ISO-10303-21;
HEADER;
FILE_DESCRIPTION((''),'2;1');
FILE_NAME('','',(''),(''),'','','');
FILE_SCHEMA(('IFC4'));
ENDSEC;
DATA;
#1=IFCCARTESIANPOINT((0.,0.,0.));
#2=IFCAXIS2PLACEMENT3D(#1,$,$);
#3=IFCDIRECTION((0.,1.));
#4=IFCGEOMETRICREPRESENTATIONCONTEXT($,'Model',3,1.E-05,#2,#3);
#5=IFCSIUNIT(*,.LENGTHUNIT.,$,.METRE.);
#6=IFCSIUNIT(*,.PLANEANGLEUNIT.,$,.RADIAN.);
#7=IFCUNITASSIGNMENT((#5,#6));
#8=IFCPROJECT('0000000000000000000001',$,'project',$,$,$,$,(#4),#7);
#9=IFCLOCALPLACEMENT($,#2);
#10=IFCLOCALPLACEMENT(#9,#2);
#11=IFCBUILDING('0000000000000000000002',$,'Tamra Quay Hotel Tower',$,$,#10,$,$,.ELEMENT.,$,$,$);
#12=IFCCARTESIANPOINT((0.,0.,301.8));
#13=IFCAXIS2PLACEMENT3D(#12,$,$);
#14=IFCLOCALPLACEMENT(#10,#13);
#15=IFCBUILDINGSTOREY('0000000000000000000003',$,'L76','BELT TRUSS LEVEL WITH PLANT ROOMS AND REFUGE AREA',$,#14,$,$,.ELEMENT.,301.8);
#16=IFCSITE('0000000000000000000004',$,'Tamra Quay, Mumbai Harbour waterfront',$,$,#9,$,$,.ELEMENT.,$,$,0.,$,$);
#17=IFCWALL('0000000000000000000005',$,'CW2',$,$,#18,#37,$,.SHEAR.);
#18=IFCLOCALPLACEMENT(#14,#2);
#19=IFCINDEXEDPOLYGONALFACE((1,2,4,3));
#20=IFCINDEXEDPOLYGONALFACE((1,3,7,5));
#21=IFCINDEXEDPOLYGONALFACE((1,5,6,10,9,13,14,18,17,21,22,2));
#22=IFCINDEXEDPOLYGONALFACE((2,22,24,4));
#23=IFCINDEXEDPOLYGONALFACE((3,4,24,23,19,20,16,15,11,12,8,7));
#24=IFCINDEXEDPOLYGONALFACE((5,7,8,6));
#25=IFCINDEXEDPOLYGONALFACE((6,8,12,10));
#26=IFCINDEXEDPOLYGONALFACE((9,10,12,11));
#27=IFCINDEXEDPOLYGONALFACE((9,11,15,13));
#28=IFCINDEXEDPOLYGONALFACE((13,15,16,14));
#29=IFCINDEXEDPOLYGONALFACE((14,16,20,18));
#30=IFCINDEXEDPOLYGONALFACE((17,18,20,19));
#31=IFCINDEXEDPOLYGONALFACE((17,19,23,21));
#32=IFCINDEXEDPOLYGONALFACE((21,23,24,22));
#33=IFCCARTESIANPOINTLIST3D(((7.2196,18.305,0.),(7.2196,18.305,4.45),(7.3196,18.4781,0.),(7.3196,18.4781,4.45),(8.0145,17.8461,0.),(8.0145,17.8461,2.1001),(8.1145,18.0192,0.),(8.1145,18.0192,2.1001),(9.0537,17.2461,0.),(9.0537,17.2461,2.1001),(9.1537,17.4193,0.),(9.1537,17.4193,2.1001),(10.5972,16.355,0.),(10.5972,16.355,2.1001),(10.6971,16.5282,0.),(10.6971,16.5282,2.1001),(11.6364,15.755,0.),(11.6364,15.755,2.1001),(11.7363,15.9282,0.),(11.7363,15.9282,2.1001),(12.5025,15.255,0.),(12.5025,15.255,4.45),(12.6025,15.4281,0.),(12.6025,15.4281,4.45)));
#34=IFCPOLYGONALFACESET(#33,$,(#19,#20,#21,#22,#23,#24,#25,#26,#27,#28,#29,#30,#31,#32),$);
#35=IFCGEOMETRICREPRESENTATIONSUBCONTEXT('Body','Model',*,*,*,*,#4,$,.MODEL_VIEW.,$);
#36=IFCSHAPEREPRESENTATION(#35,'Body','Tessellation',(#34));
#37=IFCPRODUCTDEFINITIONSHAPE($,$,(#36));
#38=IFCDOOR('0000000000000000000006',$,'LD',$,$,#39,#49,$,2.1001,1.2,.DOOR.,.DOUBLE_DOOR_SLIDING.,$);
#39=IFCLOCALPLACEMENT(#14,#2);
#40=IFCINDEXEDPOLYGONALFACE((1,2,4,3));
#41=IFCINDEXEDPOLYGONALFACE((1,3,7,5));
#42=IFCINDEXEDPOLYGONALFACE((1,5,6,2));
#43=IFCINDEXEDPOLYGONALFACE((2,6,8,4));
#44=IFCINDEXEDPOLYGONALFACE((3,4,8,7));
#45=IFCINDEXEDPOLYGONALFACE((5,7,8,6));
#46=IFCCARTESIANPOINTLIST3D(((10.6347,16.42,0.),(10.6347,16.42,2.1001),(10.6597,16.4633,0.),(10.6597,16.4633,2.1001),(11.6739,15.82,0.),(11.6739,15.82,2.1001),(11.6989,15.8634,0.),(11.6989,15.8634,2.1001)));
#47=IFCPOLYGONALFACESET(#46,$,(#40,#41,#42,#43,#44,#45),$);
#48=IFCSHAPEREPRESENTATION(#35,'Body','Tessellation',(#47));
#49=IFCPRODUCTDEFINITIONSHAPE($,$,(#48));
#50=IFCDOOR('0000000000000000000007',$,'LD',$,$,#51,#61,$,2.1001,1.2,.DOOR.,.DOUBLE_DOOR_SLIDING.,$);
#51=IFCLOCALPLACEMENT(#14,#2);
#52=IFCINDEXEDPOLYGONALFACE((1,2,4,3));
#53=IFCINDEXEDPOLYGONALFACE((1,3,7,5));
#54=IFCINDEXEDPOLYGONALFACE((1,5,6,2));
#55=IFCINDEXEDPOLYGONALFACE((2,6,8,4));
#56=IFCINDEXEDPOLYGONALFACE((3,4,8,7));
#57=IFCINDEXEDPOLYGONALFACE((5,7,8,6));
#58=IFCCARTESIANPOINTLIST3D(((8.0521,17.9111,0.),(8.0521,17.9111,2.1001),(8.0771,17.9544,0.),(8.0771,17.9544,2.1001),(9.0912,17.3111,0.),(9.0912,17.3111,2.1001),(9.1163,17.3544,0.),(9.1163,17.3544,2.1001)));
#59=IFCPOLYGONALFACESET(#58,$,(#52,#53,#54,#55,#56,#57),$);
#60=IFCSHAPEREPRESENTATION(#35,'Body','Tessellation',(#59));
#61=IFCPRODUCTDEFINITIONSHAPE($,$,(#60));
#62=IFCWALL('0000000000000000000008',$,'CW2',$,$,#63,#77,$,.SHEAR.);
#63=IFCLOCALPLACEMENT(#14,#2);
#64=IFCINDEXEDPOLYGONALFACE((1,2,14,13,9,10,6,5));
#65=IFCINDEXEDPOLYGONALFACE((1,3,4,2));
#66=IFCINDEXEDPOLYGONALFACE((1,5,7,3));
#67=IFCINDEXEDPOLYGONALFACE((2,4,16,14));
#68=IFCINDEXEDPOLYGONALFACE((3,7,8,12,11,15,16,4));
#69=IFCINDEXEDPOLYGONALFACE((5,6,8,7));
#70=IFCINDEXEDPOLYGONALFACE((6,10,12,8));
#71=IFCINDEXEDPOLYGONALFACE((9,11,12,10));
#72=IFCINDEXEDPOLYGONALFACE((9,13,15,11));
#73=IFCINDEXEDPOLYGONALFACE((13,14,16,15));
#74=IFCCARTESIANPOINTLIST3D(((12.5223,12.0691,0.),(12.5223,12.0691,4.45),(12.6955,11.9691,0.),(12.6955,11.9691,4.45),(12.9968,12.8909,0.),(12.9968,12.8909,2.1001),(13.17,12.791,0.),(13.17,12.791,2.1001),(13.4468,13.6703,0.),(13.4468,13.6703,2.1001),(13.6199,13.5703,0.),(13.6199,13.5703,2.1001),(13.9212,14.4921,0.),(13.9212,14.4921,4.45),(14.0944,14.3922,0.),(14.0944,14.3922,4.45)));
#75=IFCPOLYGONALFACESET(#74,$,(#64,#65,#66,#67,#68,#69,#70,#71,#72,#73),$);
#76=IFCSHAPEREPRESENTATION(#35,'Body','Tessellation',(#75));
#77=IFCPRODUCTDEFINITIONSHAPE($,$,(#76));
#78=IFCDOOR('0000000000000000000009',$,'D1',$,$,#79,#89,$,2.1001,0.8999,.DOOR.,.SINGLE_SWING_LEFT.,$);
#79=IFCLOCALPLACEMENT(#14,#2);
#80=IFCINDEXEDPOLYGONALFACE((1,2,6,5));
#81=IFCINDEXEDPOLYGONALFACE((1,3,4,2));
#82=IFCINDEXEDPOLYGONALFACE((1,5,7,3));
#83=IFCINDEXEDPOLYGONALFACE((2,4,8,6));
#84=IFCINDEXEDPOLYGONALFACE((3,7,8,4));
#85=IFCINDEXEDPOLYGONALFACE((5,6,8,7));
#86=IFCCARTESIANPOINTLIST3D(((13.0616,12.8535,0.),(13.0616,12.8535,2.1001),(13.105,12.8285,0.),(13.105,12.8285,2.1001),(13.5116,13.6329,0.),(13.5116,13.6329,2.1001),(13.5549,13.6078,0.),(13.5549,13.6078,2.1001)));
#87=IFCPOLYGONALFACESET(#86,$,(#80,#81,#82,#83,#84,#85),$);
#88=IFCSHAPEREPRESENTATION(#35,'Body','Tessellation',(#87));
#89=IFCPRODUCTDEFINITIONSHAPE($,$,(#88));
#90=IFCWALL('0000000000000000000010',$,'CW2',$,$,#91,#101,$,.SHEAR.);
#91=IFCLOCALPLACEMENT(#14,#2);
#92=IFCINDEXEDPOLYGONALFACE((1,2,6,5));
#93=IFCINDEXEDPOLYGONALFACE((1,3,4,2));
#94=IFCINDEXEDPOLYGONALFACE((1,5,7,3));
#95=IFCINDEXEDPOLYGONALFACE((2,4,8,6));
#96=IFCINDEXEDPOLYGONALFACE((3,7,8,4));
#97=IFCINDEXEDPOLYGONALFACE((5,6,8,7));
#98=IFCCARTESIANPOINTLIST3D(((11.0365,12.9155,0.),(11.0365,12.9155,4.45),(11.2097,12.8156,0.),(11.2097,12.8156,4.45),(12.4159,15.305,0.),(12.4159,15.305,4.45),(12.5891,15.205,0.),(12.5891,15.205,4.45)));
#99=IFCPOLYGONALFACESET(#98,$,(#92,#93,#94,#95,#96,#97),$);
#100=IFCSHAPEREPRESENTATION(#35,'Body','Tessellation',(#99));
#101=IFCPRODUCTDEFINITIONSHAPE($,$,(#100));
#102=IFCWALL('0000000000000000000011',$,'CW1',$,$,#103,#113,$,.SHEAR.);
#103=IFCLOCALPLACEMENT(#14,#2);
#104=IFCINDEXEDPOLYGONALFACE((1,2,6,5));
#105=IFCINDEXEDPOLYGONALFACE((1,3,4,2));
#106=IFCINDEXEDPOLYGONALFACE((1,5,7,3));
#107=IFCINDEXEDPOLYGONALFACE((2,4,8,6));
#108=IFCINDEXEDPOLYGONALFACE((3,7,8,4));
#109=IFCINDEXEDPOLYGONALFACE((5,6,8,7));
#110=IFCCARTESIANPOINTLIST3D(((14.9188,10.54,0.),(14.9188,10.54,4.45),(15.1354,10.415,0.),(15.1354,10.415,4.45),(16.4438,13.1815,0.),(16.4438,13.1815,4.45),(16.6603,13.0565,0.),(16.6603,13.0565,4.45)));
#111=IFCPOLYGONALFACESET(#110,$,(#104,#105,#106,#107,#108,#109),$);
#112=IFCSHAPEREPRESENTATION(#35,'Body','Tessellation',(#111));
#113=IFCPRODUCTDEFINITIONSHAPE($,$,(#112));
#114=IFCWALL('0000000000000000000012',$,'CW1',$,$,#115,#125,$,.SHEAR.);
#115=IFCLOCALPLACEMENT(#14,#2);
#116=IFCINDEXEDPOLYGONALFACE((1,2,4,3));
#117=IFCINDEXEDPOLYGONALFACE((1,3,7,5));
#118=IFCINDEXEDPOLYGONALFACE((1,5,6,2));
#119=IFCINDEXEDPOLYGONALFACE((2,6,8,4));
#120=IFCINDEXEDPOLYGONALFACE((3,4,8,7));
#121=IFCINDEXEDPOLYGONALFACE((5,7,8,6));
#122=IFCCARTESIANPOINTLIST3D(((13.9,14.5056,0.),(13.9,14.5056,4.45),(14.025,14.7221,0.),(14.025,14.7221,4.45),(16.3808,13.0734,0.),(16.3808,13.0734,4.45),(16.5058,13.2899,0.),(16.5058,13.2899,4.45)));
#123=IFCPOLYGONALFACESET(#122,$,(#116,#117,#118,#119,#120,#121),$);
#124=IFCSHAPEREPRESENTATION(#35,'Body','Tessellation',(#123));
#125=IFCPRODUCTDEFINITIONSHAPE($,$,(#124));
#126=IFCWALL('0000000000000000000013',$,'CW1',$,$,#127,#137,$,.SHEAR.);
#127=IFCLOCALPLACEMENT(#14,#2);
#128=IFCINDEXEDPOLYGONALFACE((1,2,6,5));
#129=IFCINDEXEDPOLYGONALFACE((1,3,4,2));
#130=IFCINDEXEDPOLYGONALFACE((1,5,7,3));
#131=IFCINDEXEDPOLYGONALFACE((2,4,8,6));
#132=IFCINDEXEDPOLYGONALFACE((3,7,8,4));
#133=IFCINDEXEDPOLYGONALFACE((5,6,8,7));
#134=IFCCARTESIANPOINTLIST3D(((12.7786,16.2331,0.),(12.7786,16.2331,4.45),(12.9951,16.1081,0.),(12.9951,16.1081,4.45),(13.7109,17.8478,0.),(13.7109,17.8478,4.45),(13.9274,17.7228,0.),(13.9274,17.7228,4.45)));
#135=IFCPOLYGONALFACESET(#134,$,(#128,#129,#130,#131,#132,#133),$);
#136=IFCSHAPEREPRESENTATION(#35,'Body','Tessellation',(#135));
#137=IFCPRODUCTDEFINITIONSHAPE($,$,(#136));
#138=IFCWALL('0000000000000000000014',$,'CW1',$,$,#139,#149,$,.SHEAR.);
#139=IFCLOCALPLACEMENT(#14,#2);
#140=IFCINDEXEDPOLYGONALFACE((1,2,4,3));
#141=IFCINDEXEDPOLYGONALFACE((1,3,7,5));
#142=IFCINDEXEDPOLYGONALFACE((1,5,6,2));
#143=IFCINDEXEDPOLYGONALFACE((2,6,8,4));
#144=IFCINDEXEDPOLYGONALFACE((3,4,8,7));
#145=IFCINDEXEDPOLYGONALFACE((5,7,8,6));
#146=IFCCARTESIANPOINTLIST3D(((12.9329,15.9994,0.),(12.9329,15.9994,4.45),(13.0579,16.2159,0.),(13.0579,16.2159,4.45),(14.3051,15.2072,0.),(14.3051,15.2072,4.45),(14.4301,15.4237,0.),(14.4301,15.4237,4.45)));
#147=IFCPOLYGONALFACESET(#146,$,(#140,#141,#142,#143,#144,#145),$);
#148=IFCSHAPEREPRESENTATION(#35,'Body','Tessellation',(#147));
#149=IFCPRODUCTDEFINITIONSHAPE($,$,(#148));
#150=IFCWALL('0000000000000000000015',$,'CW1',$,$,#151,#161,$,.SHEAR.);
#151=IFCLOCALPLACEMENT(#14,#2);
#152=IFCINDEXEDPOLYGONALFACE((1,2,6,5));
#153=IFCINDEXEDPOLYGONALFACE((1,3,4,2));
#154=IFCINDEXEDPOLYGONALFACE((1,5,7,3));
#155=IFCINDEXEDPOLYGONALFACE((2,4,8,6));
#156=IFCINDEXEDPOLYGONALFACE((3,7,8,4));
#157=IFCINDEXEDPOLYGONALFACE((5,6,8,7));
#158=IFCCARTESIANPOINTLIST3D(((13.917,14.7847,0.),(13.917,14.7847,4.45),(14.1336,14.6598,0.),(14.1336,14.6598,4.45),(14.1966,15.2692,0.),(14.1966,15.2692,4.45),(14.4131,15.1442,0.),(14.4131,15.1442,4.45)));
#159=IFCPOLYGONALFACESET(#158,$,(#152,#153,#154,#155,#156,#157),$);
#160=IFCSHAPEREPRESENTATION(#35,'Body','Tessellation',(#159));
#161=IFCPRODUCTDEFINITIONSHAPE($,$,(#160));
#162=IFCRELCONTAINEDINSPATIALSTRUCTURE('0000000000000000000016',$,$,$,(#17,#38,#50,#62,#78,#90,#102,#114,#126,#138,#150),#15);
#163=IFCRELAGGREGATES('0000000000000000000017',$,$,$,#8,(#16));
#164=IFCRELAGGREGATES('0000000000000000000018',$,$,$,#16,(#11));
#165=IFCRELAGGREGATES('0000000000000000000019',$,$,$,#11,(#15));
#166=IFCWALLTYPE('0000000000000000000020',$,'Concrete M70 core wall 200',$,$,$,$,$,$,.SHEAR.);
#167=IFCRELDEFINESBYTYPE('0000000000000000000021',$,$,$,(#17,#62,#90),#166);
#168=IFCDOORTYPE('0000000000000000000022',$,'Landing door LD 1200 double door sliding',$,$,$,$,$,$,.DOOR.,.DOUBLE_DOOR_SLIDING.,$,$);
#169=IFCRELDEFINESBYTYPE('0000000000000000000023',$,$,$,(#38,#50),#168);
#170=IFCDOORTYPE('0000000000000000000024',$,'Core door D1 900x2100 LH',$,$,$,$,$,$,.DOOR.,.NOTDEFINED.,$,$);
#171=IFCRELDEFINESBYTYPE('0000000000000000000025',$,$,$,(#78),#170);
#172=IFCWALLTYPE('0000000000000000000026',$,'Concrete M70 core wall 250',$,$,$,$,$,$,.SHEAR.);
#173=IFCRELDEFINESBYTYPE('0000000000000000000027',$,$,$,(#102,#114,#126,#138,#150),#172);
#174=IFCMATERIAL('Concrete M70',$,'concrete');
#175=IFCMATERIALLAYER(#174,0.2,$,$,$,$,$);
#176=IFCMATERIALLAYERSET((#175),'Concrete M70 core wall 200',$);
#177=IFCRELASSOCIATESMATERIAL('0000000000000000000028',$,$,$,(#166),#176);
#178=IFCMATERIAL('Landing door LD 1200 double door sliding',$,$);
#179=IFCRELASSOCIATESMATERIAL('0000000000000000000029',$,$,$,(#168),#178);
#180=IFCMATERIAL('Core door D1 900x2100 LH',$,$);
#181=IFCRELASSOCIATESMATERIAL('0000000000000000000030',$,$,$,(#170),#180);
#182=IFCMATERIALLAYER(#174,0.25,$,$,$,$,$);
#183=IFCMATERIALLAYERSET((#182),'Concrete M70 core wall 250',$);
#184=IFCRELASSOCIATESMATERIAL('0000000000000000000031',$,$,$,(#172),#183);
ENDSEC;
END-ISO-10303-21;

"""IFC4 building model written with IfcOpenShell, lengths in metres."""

from ifc_helpers import new_model, si_unit, direction, frame, frame_2d, origin, place, context, subcontext, project, spatial, rectangle, extrude, material, layer, layer_set, type_object, element, fill, save


model = new_model("IFC4")

# Units and contexts
model_context = context("Model", 3, precision=1e-05, world=origin(), true_north=direction((0.0, 1.0)))
body_context = subcontext(model_context, "Body", "Model", "MODEL_VIEW")
ifc_project = project(units=[si_unit("LENGTHUNIT", "METRE"), si_unit("PLANEANGLEUNIT", "RADIAN")], contexts=[model_context])

# Site, building, storey
site_placement = place(None, origin())
site = spatial("IfcSite", under=ifc_project, at=site_placement, Name="Tamra Quay, Mumbai Harbour waterfront", CompositionType="ELEMENT", RefElevation=0.0)
building_placement = place(site_placement, origin())
building = spatial("IfcBuilding", under=site, at=building_placement, Name="Tamra Quay Hotel Tower", CompositionType="ELEMENT")
storey_placement = place(building_placement, frame((0.0, 0.0, 301.8)))
storey = spatial("IfcBuildingStorey", under=building, at=storey_placement, Name="L76", Description="BELT TRUSS LEVEL WITH PLANT ROOMS AND REFUGE AREA", CompositionType="ELEMENT", Elevation=301.8)

# Shared definitions
ifc_material_1 = material(Name="Concrete M70", Category="concrete")

# Wall, openings, doors
ifc_layer_1 = layer(ifc_material_1, 0.2)
ifc_layer_set_1 = layer_set([ifc_layer_1], Name="Concrete M70 core wall 200")
wall_type_1 = type_object("IfcWallType", Name="Concrete M70 core wall 200", PredefinedType="SHEAR", material=ifc_layer_set_1)
wall_1_placement = place(storey_placement, frame((12.5525, 15.3416, 0.0), z_axis=(0.0, 0.0, 1.0), x_axis=(-0.86603, 0.499992, 0.0)))
wall_1 = element("IfcWall", 1, at=wall_1_placement, inside=storey, type_object=wall_type_1, Name="CW2", PredefinedType="SHEAR", context=body_context, shape_type="SweptSolid", body=[
    extrude(rectangle(XDim=6.1001, YDim=0.2, at=frame_2d((3.05, 0.0))), origin(), (0.0, 0.0, 1.0), 4.45),
])
opening_1_placement = place(wall_1_placement, frame((1.0, 0.0, 0.0)))
opening_1 = element("IfcOpeningElement", 2, at=opening_1_placement, cuts=wall_1, PredefinedType="OPENING", context=body_context, shape_type="SweptSolid", body=[
    extrude(rectangle(XDim=1.2, YDim=2.1001, at=frame_2d((0.6001, 1.05))), frame((0.0, 0.1099, 0.0), z_axis=(0.0, -1.0, 0.0), x_axis=(1.0, 0.0, 0.0)), (0.0, 0.0, 1.0), 0.22),
])
opening_2_placement = place(wall_1_placement, frame((3.9822, 0.0, 0.0)))
opening_2 = element("IfcOpeningElement", 3, at=opening_2_placement, cuts=wall_1, PredefinedType="OPENING", context=body_context, shape_type="SweptSolid", body=[
    extrude(rectangle(XDim=1.2, YDim=2.1001, at=frame_2d((0.6001, 1.05))), frame((0.0, 0.1099, 0.0), z_axis=(0.0, -1.0, 0.0), x_axis=(1.0, 0.0, 0.0)), (0.0, 0.0, 1.0), 0.22),
])
ifc_material_2 = material(Name="Landing door LD 1200 double door sliding")
door_type_1 = type_object("IfcDoorType", Name="Landing door LD 1200 double door sliding", OperationType="DOUBLE_DOOR_SLIDING", PredefinedType="DOOR", material=ifc_material_2)
door_1_placement = place(opening_1_placement, origin())
door_1 = element("IfcDoor", 4, at=door_1_placement, inside=storey, type_object=door_type_1, Name="LD", OperationType="DOUBLE_DOOR_SLIDING", OverallHeight=2.1001, OverallWidth=1.2, PredefinedType="DOOR", context=body_context, shape_type="SweptSolid", body=[
    extrude(rectangle(XDim=1.2, YDim=2.1001, at=frame_2d((0.6001, 1.05))), frame((0.0, 0.0249, 0.0), z_axis=(0.0, -1.0, 0.0), x_axis=(1.0, 0.0, 0.0)), (0.0, 0.0, 1.0), 0.05),
])
fill(opening_1, door_1)
door_2_placement = place(opening_2_placement, origin())
door_2 = element("IfcDoor", 5, at=door_2_placement, inside=storey, type_object=door_type_1, Name="LD", OperationType="DOUBLE_DOOR_SLIDING", OverallHeight=2.1001, OverallWidth=1.2, PredefinedType="DOOR", context=body_context, shape_type="SweptSolid", body=[
    extrude(rectangle(XDim=1.2, YDim=2.1001, at=frame_2d((0.6001, 1.05))), frame((0.0, 0.0249, 0.0), z_axis=(0.0, -1.0, 0.0), x_axis=(1.0, 0.0, 0.0)), (0.0, 0.0, 1.0), 0.05),
])
fill(opening_2, door_2)

# Wall, opening, door
wall_2_placement = place(storey_placement, frame((14.0078, 14.4421, 0.0), z_axis=(0.0, 0.0, 1.0), x_axis=(-0.499987, -0.866033, 0.0)))
wall_2 = element("IfcWall", 6, at=wall_2_placement, inside=storey, type_object=wall_type_1, Name="CW2", PredefinedType="SHEAR", context=body_context, shape_type="SweptSolid", body=[
    extrude(rectangle(XDim=2.7979, YDim=0.2, at=frame_2d((1.3989, 0.0))), origin(), (0.0, 0.0, 1.0), 4.45),
])
opening_3_placement = place(wall_2_placement, frame((0.949, 0.0, 0.0)))
opening_3 = element("IfcOpeningElement", 7, at=opening_3_placement, cuts=wall_2, PredefinedType="OPENING", context=body_context, shape_type="SweptSolid", body=[
    extrude(rectangle(XDim=0.8999, YDim=2.1001, at=frame_2d((0.45, 1.05))), frame((0.0, 0.1099, 0.0), z_axis=(0.0, -1.0, 0.0), x_axis=(1.0, 0.0, 0.0)), (0.0, 0.0, 1.0), 0.22),
])
ifc_material_3 = material(Name="Core door D1 900x2100 LH")
door_type_2 = type_object("IfcDoorType", Name="Core door D1 900x2100 LH", OperationType="NOTDEFINED", PredefinedType="DOOR", material=ifc_material_3)
door_3_placement = place(opening_3_placement, origin())
door_3 = element("IfcDoor", 8, at=door_3_placement, inside=storey, type_object=door_type_2, Name="D1", OperationType="SINGLE_SWING_LEFT", OverallHeight=2.1001, OverallWidth=0.8999, PredefinedType="DOOR", context=body_context, shape_type="SweptSolid", body=[
    extrude(rectangle(XDim=0.8999, YDim=2.1001, at=frame_2d((0.45, 1.05))), frame((0.0, 0.0249, 0.0), z_axis=(0.0, -1.0, 0.0), x_axis=(1.0, 0.0, 0.0)), (0.0, 0.0, 1.0), 0.05),
])
fill(opening_3, door_3)

# Walls
wall_3_placement = place(storey_placement, frame((12.5024, 15.2549, 0.0), z_axis=(0.0, 0.0, 1.0), x_axis=(-0.499965, -0.866046, 0.0)))
element("IfcWall", 9, at=wall_3_placement, inside=storey, type_object=wall_type_1, Name="CW2", PredefinedType="SHEAR", context=body_context, shape_type="SweptSolid", body=[
    extrude(rectangle(XDim=2.759, YDim=0.2, at=frame_2d((1.3794, 0.0))), origin(), (0.0, 0.0, 1.0), 4.45),
])
ifc_layer_2 = layer(ifc_material_1, 0.25)
ifc_layer_set_2 = layer_set([ifc_layer_2], Name="Concrete M70 core wall 250")
wall_type_2 = type_object("IfcWallType", Name="Concrete M70 core wall 250", PredefinedType="SHEAR", material=ifc_layer_set_2)
wall_4_placement = place(storey_placement, frame((16.552, 13.1189, 0.0), z_axis=(0.0, 0.0, 1.0), x_axis=(-0.499979, -0.866038, 0.0)))
element("IfcWall", 10, at=wall_4_placement, inside=storey, type_object=wall_type_2, Name="CW1", PredefinedType="SHEAR", context=body_context, shape_type="SweptSolid", body=[
    extrude(rectangle(XDim=3.05, YDim=0.25, at=frame_2d((1.5249, 0.0))), origin(), (0.0, 0.0, 1.0), 4.45),
])
wall_5_placement = place(storey_placement, frame((13.9626, 14.6138, 0.0), z_axis=(0.0, 0.0, 1.0), x_axis=(0.866042, -0.499971, 0.0)))
element("IfcWall", 11, at=wall_5_placement, inside=storey, type_object=wall_type_2, Name="CW1", PredefinedType="SHEAR", context=body_context, shape_type="SweptSolid", body=[
    extrude(rectangle(XDim=2.8645, YDim=0.25, at=frame_2d((1.4321, 0.0))), origin(), (0.0, 0.0, 1.0), 4.45),
])
wall_6_placement = place(storey_placement, frame((13.8191, 17.7852, 0.0), z_axis=(0.0, 0.0, 1.0), x_axis=(-0.50004, -0.866002, 0.0)))
element("IfcWall", 12, at=wall_6_placement, inside=storey, type_object=wall_type_2, Name="CW1", PredefinedType="SHEAR", context=body_context, shape_type="SweptSolid", body=[
    extrude(rectangle(XDim=1.8645, YDim=0.25, at=frame_2d((0.9321, 0.0))), origin(), (0.0, 0.0, 1.0), 4.45),
])
wall_7_placement = place(storey_placement, frame((12.9954, 16.1077, 0.0), z_axis=(0.0, 0.0, 1.0), x_axis=(0.866044, -0.499967, 0.0)))
element("IfcWall", 13, at=wall_7_placement, inside=storey, type_object=wall_type_2, Name="CW1", PredefinedType="SHEAR", context=body_context, shape_type="SweptSolid", body=[
    extrude(rectangle(XDim=1.5845, YDim=0.25, at=frame_2d((0.7922, 0.0))), origin(), (0.0, 0.0, 1.0), 4.45),
])
wall_8_placement = place(storey_placement, frame((14.3049, 15.2068, 0.0), z_axis=(0.0, 0.0, 1.0), x_axis=(-0.499848, -0.866113, 0.0)))
element("IfcWall", 14, at=wall_8_placement, inside=storey, type_object=wall_type_2, Name="CW1", PredefinedType="SHEAR", context=body_context, shape_type="SweptSolid", body=[
    extrude(rectangle(XDim=0.5593, YDim=0.25, at=frame_2d((0.2798, 0.0))), origin(), (0.0, 0.0, 1.0), 4.45),
])

save(model, "model.ifc")
